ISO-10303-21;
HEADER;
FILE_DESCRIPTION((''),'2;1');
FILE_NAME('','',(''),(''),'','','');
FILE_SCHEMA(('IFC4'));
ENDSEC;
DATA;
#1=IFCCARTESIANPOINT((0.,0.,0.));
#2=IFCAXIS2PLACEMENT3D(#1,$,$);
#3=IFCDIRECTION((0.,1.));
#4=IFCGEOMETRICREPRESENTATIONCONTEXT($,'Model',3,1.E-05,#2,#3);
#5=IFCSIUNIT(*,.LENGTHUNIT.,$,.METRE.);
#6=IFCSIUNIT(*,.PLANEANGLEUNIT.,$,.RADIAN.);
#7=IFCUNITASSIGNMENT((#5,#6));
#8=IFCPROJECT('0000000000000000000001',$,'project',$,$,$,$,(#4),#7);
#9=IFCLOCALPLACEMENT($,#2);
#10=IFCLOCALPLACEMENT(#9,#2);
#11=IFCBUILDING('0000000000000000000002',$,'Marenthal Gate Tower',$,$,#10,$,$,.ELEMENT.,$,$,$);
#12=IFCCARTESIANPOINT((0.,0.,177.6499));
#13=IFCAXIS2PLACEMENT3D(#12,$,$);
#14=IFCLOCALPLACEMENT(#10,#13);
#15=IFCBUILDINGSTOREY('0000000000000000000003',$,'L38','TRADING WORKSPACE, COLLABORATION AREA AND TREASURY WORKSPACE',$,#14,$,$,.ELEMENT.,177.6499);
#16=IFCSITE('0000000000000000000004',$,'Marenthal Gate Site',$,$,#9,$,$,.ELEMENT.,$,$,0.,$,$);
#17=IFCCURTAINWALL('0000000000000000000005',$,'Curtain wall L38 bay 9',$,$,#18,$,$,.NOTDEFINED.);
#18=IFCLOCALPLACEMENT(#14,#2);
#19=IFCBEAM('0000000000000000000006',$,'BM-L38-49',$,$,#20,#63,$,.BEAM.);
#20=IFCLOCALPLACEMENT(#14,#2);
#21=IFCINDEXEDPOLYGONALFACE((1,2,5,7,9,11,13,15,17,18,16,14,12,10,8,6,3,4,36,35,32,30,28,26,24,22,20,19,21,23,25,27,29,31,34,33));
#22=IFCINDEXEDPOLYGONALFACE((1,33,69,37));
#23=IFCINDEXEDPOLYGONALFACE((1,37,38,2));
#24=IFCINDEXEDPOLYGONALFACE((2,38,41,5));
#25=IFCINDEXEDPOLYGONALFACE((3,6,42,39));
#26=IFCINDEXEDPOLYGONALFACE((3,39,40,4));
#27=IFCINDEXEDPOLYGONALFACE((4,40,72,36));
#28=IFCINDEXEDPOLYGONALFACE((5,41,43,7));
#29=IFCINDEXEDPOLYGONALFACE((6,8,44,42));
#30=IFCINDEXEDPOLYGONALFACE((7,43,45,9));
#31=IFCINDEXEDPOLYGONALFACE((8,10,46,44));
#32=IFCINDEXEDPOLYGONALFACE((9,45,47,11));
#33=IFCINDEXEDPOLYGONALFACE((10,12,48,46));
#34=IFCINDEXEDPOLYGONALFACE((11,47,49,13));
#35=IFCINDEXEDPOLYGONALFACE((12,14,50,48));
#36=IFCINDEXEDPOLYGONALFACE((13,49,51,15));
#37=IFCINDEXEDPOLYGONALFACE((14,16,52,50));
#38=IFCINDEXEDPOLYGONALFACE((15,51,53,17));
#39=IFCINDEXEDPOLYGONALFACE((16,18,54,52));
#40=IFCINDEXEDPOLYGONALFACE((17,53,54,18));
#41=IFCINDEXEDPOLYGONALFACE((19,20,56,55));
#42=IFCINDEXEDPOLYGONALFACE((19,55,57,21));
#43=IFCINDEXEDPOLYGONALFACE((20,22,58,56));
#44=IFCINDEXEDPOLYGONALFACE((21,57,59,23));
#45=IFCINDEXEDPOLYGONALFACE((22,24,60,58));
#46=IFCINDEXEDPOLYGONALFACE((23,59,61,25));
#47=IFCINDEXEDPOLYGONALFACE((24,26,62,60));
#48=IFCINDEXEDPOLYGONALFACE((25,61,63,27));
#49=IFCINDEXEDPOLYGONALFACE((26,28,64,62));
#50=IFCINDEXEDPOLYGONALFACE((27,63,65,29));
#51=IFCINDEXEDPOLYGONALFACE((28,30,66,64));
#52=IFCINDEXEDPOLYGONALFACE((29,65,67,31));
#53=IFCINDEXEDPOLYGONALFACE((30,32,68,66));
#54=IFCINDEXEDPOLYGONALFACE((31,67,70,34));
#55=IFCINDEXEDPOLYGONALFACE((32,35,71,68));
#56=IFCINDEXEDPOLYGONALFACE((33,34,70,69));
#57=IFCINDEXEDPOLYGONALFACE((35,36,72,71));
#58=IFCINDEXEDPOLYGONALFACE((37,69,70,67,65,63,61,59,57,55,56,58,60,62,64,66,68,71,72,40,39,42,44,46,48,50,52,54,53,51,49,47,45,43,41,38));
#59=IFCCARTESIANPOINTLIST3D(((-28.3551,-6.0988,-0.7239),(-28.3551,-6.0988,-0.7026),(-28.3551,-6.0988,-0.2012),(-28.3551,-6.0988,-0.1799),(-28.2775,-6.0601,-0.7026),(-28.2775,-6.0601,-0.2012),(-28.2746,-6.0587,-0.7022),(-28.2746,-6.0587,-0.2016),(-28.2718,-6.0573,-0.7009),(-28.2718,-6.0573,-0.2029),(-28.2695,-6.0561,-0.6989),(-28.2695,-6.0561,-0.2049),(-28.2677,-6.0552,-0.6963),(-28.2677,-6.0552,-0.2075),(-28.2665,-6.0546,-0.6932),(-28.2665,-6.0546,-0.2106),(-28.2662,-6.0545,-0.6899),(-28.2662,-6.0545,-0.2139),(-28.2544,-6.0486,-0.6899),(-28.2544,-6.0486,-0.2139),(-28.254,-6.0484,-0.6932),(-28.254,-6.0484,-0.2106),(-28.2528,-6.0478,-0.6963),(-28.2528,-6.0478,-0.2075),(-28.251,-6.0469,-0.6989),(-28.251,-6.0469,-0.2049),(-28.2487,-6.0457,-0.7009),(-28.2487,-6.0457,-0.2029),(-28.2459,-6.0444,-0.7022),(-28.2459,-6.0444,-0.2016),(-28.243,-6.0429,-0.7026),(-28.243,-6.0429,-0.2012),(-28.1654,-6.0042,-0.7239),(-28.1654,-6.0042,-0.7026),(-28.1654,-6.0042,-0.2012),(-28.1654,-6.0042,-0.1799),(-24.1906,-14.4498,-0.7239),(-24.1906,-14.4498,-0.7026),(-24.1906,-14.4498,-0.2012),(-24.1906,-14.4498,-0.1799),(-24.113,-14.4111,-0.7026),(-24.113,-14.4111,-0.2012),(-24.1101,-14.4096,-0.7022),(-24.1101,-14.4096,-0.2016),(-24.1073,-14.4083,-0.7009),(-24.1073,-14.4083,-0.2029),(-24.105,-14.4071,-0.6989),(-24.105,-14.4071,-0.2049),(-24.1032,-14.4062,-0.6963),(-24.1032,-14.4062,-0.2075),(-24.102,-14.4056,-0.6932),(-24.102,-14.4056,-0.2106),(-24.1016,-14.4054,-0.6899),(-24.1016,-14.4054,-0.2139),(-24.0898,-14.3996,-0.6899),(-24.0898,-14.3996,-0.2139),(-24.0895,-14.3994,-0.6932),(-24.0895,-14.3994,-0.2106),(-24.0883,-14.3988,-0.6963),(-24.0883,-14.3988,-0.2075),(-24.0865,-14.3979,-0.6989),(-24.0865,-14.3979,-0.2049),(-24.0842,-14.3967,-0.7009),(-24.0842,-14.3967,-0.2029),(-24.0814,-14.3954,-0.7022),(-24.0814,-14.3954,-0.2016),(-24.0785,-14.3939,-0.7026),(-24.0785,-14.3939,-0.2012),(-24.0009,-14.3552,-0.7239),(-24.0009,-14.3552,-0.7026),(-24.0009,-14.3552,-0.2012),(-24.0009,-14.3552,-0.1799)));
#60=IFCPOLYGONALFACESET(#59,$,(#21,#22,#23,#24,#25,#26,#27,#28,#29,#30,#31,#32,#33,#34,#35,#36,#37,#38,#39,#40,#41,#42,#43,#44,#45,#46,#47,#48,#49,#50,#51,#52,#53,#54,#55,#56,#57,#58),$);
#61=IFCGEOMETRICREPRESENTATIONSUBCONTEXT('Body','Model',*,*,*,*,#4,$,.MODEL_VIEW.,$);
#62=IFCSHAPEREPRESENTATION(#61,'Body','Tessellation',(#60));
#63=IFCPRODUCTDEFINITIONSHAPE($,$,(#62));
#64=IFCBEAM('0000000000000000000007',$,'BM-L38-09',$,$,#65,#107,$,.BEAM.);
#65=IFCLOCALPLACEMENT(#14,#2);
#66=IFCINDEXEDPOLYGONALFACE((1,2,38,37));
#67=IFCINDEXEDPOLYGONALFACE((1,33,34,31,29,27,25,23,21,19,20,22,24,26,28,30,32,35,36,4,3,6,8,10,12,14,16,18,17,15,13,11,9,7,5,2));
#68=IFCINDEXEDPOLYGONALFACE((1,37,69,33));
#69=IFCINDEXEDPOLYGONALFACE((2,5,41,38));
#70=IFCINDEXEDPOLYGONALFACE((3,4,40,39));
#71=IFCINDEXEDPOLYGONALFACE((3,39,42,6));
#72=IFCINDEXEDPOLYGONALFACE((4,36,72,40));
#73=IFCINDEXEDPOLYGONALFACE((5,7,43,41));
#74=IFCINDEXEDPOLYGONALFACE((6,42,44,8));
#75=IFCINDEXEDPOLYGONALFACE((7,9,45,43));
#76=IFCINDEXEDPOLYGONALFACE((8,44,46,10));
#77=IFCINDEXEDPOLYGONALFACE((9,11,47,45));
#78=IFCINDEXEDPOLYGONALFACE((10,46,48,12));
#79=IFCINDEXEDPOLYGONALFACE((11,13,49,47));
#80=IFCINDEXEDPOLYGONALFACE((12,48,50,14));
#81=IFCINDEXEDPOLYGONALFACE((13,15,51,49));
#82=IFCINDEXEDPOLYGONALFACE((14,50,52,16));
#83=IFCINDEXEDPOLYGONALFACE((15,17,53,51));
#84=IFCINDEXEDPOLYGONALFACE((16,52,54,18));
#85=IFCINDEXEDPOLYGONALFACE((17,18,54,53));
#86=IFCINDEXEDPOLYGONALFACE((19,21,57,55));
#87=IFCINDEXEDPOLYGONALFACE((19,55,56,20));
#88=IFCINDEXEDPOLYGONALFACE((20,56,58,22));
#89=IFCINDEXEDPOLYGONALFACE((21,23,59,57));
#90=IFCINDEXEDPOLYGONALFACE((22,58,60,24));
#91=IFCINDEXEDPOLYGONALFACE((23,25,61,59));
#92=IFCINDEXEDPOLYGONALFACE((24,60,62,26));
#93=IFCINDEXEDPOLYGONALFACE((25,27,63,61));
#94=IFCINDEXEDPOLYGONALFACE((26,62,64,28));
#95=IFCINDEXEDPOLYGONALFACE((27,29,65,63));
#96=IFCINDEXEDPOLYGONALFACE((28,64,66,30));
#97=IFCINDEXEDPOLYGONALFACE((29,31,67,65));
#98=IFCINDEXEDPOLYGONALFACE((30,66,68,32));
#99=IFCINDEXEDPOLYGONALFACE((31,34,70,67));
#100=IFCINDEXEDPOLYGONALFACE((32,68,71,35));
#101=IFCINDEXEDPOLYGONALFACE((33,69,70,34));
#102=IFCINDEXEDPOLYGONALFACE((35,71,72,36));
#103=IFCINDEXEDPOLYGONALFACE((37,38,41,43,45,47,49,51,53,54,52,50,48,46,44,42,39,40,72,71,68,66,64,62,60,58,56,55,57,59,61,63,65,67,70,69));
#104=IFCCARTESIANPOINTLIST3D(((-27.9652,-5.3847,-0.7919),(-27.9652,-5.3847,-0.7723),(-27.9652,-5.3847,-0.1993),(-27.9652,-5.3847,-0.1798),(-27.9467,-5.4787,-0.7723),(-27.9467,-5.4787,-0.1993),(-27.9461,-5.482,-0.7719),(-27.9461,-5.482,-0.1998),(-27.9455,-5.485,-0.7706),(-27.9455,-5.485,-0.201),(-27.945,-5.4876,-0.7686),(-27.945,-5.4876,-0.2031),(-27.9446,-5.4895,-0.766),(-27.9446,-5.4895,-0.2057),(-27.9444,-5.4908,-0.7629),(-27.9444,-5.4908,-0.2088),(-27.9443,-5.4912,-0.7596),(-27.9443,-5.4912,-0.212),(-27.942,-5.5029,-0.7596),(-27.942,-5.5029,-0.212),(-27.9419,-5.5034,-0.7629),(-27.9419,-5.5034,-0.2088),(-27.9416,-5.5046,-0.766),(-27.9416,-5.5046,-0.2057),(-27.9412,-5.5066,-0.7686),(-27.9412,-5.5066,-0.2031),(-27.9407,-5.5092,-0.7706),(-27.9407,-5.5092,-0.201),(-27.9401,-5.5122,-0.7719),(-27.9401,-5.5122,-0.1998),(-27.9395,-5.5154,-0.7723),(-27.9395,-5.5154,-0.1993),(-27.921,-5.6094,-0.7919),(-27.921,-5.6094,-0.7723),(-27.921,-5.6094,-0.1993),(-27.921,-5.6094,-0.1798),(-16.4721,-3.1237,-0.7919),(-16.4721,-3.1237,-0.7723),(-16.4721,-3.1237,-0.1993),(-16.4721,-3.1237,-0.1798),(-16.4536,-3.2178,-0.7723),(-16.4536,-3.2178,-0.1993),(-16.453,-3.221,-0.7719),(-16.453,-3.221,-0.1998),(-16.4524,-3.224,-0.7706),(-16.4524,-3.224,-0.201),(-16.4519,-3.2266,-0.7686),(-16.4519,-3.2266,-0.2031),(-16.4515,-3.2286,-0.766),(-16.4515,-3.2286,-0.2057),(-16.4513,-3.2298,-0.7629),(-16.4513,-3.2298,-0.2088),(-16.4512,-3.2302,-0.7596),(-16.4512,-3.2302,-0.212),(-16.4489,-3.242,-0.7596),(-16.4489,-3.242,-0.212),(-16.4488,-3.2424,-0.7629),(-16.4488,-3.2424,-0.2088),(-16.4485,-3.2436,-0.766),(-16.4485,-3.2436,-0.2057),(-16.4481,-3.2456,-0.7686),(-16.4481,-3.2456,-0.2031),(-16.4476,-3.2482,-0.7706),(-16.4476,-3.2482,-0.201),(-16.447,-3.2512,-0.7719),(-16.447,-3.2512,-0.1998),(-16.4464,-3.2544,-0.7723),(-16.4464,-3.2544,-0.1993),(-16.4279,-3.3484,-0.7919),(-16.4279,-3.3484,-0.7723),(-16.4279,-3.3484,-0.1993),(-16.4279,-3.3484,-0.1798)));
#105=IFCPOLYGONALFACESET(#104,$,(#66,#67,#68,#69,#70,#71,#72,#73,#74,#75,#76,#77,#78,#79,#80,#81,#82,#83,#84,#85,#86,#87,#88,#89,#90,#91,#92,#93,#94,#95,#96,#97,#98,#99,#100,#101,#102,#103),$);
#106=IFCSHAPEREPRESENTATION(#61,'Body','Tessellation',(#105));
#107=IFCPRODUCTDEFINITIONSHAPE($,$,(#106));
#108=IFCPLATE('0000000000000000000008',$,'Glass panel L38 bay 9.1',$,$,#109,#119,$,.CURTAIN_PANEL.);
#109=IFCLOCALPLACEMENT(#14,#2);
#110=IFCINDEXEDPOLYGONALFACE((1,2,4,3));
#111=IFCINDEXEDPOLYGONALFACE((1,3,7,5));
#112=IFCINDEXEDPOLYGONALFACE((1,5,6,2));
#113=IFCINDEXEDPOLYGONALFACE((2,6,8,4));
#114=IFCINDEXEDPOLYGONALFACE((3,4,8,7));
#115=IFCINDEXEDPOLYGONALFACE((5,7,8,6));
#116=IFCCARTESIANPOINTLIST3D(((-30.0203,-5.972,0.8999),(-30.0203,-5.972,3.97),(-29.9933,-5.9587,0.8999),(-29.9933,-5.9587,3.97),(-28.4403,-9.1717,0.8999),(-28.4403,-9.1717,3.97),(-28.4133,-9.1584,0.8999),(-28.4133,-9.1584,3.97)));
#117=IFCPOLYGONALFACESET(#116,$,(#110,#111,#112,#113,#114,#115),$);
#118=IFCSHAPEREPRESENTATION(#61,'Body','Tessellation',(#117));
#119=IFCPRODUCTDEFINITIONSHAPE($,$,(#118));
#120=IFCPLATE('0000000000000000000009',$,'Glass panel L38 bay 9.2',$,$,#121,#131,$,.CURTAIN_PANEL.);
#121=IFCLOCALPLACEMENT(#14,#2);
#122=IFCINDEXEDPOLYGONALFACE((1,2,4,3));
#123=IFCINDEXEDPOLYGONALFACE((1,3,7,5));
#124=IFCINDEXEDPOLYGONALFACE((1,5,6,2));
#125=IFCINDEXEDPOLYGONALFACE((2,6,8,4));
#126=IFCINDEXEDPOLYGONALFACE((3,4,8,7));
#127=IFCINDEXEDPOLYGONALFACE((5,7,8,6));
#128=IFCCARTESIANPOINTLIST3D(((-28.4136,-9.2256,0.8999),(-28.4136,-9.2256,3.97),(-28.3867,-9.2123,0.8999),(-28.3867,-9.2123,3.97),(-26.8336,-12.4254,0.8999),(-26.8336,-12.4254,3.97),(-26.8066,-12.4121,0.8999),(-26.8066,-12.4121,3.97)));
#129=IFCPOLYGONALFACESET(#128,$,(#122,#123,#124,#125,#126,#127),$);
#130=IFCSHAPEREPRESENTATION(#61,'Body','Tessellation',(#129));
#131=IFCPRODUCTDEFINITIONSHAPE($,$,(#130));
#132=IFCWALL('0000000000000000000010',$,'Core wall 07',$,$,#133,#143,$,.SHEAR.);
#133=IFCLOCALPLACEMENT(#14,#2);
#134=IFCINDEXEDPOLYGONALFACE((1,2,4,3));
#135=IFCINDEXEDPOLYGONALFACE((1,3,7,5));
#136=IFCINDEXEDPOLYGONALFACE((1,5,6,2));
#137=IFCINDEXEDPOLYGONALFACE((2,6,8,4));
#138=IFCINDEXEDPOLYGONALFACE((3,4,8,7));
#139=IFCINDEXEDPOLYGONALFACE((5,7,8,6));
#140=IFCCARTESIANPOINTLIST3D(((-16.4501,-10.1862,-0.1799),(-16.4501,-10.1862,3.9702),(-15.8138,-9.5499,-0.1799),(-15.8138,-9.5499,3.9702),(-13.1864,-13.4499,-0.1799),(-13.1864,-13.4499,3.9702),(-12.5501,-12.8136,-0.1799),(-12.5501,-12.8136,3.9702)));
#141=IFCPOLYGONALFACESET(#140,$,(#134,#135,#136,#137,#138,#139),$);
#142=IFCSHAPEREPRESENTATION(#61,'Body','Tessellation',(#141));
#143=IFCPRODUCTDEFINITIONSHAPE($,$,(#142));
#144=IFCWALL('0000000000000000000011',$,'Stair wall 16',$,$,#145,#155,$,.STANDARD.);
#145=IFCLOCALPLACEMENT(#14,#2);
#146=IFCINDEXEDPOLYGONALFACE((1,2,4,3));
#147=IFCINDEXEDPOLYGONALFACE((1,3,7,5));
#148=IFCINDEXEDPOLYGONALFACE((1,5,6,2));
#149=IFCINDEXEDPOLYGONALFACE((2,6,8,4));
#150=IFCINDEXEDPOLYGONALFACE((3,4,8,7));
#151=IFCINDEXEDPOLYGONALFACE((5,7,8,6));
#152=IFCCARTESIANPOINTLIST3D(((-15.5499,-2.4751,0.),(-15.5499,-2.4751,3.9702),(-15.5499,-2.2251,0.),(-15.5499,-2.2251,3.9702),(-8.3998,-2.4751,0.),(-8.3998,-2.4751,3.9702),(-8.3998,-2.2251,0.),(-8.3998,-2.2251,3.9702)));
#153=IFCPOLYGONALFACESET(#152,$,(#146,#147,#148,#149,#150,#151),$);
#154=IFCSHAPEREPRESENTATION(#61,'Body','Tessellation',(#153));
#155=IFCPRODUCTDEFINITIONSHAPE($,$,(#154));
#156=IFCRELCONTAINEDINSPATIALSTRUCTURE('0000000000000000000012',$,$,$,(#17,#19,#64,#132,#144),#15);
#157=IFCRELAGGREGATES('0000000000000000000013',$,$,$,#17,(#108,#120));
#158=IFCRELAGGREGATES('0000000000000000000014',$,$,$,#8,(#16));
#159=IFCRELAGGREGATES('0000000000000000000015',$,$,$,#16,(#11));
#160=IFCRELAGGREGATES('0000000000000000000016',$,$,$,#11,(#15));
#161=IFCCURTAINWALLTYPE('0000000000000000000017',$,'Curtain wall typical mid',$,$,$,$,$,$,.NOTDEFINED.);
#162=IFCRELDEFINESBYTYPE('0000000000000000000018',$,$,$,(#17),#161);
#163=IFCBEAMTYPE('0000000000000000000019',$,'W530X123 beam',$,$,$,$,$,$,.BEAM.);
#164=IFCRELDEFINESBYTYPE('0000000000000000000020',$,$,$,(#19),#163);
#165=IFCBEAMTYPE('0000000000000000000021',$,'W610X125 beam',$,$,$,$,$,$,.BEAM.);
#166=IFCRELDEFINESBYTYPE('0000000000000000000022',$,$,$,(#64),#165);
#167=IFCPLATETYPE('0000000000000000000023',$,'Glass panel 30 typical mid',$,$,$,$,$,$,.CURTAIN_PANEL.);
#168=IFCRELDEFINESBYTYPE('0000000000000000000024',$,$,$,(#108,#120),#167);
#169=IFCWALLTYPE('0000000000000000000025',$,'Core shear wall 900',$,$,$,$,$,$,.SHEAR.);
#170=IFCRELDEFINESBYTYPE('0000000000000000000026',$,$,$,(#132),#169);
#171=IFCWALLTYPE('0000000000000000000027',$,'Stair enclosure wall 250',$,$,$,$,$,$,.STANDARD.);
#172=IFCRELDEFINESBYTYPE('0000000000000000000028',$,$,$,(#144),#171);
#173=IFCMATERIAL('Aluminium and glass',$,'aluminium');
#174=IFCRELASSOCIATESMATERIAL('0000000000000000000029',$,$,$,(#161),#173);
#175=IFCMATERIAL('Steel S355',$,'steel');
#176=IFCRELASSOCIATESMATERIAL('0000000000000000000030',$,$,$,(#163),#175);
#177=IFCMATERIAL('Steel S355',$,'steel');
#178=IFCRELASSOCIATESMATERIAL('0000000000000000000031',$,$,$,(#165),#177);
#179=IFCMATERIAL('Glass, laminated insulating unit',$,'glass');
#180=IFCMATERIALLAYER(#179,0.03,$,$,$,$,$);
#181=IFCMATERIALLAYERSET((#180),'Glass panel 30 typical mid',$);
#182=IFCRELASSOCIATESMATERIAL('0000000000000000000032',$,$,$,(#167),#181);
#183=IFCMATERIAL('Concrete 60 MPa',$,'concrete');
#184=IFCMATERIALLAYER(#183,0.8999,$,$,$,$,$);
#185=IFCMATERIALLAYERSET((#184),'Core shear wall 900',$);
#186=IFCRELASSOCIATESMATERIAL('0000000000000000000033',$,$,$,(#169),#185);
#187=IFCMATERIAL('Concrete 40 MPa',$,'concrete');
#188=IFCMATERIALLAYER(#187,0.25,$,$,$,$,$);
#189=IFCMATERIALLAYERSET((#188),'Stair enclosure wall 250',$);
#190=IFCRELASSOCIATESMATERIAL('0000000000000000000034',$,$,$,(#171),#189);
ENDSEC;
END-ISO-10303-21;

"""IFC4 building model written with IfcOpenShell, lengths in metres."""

from ifc_helpers import new_model, si_unit, direction, frame, frame_2d, origin, origin_2d, place, context, subcontext, project, spatial, rectangle, i_section, extrude, material, layer, layer_set, material_profile, profile_set, type_object, element, aggregate, save


model = new_model("IFC4")

# Units and contexts
model_context = context("Model", 3, precision=1e-05, world=origin(), true_north=direction((0.0, 1.0)))
body_context = subcontext(model_context, "Body", "Model", "MODEL_VIEW")
ifc_project = project(units=[si_unit("LENGTHUNIT", "METRE"), si_unit("PLANEANGLEUNIT", "RADIAN")], contexts=[model_context])

# Site, building, storey
site_placement = place(None, origin())
site = spatial("IfcSite", under=ifc_project, at=site_placement, Name="Marenthal Gate Site", CompositionType="ELEMENT", RefElevation=0.0)
building_placement = place(site_placement, origin())
building = spatial("IfcBuilding", under=site, at=building_placement, Name="Marenthal Gate Tower", CompositionType="ELEMENT")
storey_placement = place(building_placement, frame((0.0, 0.0, 177.6499)))
storey = spatial("IfcBuildingStorey", under=building, at=storey_placement, Name="L38", Description="TRADING WORKSPACE, COLLABORATION AREA AND TREASURY WORKSPACE", CompositionType="ELEMENT", Elevation=177.6499)

# Curtain wall
ifc_material_1 = material(Name="Aluminium and glass", Category="aluminium")
curtain_wall_type = type_object("IfcCurtainWallType", Name="Curtain wall typical mid", PredefinedType="NOTDEFINED", material=ifc_material_1)
curtain_wall_placement = place(storey_placement, origin())
curtain_wall = element("IfcCurtainWall", 1, at=curtain_wall_placement, inside=storey, type_object=curtain_wall_type, Name="Curtain wall L38 bay 9", PredefinedType="NOTDEFINED")

# Beams
ifc_material_2 = material(Name="Steel S355", Category="steel")
ifc_material_profile_1 = material_profile(ifc_material_2, i_section(OverallWidth=0.2119, OverallDepth=0.5439, WebThickness=0.0132, FlangeThickness=0.0212, FilletRadius=0.0127, at=origin_2d()), Name="W530X123")
ifc_profile_set_1 = profile_set([ifc_material_profile_1], Name="Steel S355")
beam_type_1 = type_object("IfcBeamType", Name="W530X123 beam", PredefinedType="BEAM", material=ifc_profile_set_1)
beam_1_placement = place(storey_placement, frame((-28.2603, -6.0515, -0.4519), z_axis=(0.446272, -0.894898, 0.0), x_axis=(0.894898, 0.446272, 0.0)))
element("IfcBeam", 2, at=beam_1_placement, inside=storey, type_object=beam_type_1, Name="BM-L38-49", PredefinedType="BEAM", context=body_context, shape_type="SweptSolid", body=[
    extrude(i_section(OverallWidth=0.2119, OverallDepth=0.5439, WebThickness=0.0132, FlangeThickness=0.0212, FilletRadius=0.0127, at=origin_2d()), origin(), (0.0, 0.0, 1.0), 9.3318),
])
ifc_material_3 = material(Name="Steel S355", Category="steel")
ifc_material_profile_2 = material_profile(ifc_material_3, i_section(OverallWidth=0.229, OverallDepth=0.6121, WebThickness=0.012, FlangeThickness=0.0195, FilletRadius=0.0127, at=origin_2d()), Name="W610X125")
ifc_profile_set_2 = profile_set([ifc_material_profile_2], Name="Steel S355")
beam_type_2 = type_object("IfcBeamType", Name="W610X125 beam", PredefinedType="BEAM", material=ifc_profile_set_2)
beam_2_placement = place(storey_placement, frame((-27.9431, -5.4971, -0.4858), z_axis=(0.981194, 0.193025, 0.0), x_axis=(-0.193025, 0.981194, 0.0)))
element("IfcBeam", 3, at=beam_2_placement, inside=storey, type_object=beam_type_2, Name="BM-L38-09", PredefinedType="BEAM", context=body_context, shape_type="SweptSolid", body=[
    extrude(i_section(OverallWidth=0.229, OverallDepth=0.6121, WebThickness=0.012, FlangeThickness=0.0195, FilletRadius=0.0127, at=origin_2d()), origin(), (0.0, 0.0, 1.0), 11.7134),
])

# Plates
ifc_material_4 = material(Name="Glass, laminated insulating unit", Category="glass")
ifc_layer_1 = layer(ifc_material_4, 0.03)
ifc_layer_set_1 = layer_set([ifc_layer_1], Name="Glass panel 30 typical mid")
plate_type = type_object("IfcPlateType", Name="Glass panel 30 typical mid", PredefinedType="CURTAIN_PANEL", material=ifc_layer_set_1)
plate_1_placement = place(storey_placement, frame((-29.2168, -7.5652, 0.8999), z_axis=(0.0, 0.0, 1.0), x_axis=(0.442753, -0.896643, 0.0)))
plate_1 = element("IfcPlate", 4, at=plate_1_placement, type_object=plate_type, Name="Glass panel L38 bay 9.1", PredefinedType="CURTAIN_PANEL", context=body_context, shape_type="SweptSolid", body=[
    extrude(rectangle(XDim=3.5686, YDim=0.03, at=origin_2d()), origin(), (0.0, 0.0, 1.0), 3.0701),
])
plate_2_placement = place(storey_placement, frame((-27.6101, -10.8188, 0.8999), z_axis=(0.0, 0.0, 1.0), x_axis=(0.442753, -0.896643, 0.0)))
plate_2 = element("IfcPlate", 5, at=plate_2_placement, type_object=plate_type, Name="Glass panel L38 bay 9.2", PredefinedType="CURTAIN_PANEL", context=body_context, shape_type="SweptSolid", body=[
    extrude(rectangle(XDim=3.5686, YDim=0.03, at=origin_2d()), origin(), (0.0, 0.0, 1.0), 3.0701),
])
aggregate(curtain_wall, [plate_1, plate_2])

# Walls
ifc_material_5 = material(Name="Concrete 60 MPa", Category="concrete")
ifc_layer_2 = layer(ifc_material_5, 0.8999)
ifc_layer_set_2 = layer_set([ifc_layer_2], Name="Core shear wall 900")
wall_type_1 = type_object("IfcWallType", Name="Core shear wall 900", PredefinedType="SHEAR", material=ifc_layer_set_2)
wall_1_placement = place(storey_placement, frame((-16.1318, -9.8682, -0.1799), z_axis=(0.0, 0.0, 1.0), x_axis=(0.707107, -0.707107, 0.0)))
element("IfcWall", 6, at=wall_1_placement, inside=storey, type_object=wall_type_1, Name="Core wall 07", PredefinedType="SHEAR", context=body_context, shape_type="SweptSolid", body=[
    extrude(rectangle(XDim=4.6155, YDim=0.8999, at=frame_2d((2.3076, 0.0))), origin(), (0.0, 0.0, 1.0), 4.1501),
])
ifc_material_6 = material(Name="Concrete 40 MPa", Category="concrete")
ifc_layer_3 = layer(ifc_material_6, 0.25)
ifc_layer_set_3 = layer_set([ifc_layer_3], Name="Stair enclosure wall 250")
wall_type_2 = type_object("IfcWallType", Name="Stair enclosure wall 250", PredefinedType="STANDARD", material=ifc_layer_set_3)
wall_2_placement = place(storey_placement, frame((-15.55, -2.3501, 0.0), z_axis=(0.0, 0.0, 1.0), x_axis=(1.0, 0.0, 0.0)))
element("IfcWall", 7, at=wall_2_placement, inside=storey, type_object=wall_type_2, Name="Stair wall 16", PredefinedType="STANDARD", context=body_context, shape_type="SweptSolid", body=[
    extrude(rectangle(XDim=7.1501, YDim=0.25, at=frame_2d((3.5752, 0.0))), origin(), (0.0, 0.0, 1.0), 3.9702),
])

save(model, "model.ifc")
